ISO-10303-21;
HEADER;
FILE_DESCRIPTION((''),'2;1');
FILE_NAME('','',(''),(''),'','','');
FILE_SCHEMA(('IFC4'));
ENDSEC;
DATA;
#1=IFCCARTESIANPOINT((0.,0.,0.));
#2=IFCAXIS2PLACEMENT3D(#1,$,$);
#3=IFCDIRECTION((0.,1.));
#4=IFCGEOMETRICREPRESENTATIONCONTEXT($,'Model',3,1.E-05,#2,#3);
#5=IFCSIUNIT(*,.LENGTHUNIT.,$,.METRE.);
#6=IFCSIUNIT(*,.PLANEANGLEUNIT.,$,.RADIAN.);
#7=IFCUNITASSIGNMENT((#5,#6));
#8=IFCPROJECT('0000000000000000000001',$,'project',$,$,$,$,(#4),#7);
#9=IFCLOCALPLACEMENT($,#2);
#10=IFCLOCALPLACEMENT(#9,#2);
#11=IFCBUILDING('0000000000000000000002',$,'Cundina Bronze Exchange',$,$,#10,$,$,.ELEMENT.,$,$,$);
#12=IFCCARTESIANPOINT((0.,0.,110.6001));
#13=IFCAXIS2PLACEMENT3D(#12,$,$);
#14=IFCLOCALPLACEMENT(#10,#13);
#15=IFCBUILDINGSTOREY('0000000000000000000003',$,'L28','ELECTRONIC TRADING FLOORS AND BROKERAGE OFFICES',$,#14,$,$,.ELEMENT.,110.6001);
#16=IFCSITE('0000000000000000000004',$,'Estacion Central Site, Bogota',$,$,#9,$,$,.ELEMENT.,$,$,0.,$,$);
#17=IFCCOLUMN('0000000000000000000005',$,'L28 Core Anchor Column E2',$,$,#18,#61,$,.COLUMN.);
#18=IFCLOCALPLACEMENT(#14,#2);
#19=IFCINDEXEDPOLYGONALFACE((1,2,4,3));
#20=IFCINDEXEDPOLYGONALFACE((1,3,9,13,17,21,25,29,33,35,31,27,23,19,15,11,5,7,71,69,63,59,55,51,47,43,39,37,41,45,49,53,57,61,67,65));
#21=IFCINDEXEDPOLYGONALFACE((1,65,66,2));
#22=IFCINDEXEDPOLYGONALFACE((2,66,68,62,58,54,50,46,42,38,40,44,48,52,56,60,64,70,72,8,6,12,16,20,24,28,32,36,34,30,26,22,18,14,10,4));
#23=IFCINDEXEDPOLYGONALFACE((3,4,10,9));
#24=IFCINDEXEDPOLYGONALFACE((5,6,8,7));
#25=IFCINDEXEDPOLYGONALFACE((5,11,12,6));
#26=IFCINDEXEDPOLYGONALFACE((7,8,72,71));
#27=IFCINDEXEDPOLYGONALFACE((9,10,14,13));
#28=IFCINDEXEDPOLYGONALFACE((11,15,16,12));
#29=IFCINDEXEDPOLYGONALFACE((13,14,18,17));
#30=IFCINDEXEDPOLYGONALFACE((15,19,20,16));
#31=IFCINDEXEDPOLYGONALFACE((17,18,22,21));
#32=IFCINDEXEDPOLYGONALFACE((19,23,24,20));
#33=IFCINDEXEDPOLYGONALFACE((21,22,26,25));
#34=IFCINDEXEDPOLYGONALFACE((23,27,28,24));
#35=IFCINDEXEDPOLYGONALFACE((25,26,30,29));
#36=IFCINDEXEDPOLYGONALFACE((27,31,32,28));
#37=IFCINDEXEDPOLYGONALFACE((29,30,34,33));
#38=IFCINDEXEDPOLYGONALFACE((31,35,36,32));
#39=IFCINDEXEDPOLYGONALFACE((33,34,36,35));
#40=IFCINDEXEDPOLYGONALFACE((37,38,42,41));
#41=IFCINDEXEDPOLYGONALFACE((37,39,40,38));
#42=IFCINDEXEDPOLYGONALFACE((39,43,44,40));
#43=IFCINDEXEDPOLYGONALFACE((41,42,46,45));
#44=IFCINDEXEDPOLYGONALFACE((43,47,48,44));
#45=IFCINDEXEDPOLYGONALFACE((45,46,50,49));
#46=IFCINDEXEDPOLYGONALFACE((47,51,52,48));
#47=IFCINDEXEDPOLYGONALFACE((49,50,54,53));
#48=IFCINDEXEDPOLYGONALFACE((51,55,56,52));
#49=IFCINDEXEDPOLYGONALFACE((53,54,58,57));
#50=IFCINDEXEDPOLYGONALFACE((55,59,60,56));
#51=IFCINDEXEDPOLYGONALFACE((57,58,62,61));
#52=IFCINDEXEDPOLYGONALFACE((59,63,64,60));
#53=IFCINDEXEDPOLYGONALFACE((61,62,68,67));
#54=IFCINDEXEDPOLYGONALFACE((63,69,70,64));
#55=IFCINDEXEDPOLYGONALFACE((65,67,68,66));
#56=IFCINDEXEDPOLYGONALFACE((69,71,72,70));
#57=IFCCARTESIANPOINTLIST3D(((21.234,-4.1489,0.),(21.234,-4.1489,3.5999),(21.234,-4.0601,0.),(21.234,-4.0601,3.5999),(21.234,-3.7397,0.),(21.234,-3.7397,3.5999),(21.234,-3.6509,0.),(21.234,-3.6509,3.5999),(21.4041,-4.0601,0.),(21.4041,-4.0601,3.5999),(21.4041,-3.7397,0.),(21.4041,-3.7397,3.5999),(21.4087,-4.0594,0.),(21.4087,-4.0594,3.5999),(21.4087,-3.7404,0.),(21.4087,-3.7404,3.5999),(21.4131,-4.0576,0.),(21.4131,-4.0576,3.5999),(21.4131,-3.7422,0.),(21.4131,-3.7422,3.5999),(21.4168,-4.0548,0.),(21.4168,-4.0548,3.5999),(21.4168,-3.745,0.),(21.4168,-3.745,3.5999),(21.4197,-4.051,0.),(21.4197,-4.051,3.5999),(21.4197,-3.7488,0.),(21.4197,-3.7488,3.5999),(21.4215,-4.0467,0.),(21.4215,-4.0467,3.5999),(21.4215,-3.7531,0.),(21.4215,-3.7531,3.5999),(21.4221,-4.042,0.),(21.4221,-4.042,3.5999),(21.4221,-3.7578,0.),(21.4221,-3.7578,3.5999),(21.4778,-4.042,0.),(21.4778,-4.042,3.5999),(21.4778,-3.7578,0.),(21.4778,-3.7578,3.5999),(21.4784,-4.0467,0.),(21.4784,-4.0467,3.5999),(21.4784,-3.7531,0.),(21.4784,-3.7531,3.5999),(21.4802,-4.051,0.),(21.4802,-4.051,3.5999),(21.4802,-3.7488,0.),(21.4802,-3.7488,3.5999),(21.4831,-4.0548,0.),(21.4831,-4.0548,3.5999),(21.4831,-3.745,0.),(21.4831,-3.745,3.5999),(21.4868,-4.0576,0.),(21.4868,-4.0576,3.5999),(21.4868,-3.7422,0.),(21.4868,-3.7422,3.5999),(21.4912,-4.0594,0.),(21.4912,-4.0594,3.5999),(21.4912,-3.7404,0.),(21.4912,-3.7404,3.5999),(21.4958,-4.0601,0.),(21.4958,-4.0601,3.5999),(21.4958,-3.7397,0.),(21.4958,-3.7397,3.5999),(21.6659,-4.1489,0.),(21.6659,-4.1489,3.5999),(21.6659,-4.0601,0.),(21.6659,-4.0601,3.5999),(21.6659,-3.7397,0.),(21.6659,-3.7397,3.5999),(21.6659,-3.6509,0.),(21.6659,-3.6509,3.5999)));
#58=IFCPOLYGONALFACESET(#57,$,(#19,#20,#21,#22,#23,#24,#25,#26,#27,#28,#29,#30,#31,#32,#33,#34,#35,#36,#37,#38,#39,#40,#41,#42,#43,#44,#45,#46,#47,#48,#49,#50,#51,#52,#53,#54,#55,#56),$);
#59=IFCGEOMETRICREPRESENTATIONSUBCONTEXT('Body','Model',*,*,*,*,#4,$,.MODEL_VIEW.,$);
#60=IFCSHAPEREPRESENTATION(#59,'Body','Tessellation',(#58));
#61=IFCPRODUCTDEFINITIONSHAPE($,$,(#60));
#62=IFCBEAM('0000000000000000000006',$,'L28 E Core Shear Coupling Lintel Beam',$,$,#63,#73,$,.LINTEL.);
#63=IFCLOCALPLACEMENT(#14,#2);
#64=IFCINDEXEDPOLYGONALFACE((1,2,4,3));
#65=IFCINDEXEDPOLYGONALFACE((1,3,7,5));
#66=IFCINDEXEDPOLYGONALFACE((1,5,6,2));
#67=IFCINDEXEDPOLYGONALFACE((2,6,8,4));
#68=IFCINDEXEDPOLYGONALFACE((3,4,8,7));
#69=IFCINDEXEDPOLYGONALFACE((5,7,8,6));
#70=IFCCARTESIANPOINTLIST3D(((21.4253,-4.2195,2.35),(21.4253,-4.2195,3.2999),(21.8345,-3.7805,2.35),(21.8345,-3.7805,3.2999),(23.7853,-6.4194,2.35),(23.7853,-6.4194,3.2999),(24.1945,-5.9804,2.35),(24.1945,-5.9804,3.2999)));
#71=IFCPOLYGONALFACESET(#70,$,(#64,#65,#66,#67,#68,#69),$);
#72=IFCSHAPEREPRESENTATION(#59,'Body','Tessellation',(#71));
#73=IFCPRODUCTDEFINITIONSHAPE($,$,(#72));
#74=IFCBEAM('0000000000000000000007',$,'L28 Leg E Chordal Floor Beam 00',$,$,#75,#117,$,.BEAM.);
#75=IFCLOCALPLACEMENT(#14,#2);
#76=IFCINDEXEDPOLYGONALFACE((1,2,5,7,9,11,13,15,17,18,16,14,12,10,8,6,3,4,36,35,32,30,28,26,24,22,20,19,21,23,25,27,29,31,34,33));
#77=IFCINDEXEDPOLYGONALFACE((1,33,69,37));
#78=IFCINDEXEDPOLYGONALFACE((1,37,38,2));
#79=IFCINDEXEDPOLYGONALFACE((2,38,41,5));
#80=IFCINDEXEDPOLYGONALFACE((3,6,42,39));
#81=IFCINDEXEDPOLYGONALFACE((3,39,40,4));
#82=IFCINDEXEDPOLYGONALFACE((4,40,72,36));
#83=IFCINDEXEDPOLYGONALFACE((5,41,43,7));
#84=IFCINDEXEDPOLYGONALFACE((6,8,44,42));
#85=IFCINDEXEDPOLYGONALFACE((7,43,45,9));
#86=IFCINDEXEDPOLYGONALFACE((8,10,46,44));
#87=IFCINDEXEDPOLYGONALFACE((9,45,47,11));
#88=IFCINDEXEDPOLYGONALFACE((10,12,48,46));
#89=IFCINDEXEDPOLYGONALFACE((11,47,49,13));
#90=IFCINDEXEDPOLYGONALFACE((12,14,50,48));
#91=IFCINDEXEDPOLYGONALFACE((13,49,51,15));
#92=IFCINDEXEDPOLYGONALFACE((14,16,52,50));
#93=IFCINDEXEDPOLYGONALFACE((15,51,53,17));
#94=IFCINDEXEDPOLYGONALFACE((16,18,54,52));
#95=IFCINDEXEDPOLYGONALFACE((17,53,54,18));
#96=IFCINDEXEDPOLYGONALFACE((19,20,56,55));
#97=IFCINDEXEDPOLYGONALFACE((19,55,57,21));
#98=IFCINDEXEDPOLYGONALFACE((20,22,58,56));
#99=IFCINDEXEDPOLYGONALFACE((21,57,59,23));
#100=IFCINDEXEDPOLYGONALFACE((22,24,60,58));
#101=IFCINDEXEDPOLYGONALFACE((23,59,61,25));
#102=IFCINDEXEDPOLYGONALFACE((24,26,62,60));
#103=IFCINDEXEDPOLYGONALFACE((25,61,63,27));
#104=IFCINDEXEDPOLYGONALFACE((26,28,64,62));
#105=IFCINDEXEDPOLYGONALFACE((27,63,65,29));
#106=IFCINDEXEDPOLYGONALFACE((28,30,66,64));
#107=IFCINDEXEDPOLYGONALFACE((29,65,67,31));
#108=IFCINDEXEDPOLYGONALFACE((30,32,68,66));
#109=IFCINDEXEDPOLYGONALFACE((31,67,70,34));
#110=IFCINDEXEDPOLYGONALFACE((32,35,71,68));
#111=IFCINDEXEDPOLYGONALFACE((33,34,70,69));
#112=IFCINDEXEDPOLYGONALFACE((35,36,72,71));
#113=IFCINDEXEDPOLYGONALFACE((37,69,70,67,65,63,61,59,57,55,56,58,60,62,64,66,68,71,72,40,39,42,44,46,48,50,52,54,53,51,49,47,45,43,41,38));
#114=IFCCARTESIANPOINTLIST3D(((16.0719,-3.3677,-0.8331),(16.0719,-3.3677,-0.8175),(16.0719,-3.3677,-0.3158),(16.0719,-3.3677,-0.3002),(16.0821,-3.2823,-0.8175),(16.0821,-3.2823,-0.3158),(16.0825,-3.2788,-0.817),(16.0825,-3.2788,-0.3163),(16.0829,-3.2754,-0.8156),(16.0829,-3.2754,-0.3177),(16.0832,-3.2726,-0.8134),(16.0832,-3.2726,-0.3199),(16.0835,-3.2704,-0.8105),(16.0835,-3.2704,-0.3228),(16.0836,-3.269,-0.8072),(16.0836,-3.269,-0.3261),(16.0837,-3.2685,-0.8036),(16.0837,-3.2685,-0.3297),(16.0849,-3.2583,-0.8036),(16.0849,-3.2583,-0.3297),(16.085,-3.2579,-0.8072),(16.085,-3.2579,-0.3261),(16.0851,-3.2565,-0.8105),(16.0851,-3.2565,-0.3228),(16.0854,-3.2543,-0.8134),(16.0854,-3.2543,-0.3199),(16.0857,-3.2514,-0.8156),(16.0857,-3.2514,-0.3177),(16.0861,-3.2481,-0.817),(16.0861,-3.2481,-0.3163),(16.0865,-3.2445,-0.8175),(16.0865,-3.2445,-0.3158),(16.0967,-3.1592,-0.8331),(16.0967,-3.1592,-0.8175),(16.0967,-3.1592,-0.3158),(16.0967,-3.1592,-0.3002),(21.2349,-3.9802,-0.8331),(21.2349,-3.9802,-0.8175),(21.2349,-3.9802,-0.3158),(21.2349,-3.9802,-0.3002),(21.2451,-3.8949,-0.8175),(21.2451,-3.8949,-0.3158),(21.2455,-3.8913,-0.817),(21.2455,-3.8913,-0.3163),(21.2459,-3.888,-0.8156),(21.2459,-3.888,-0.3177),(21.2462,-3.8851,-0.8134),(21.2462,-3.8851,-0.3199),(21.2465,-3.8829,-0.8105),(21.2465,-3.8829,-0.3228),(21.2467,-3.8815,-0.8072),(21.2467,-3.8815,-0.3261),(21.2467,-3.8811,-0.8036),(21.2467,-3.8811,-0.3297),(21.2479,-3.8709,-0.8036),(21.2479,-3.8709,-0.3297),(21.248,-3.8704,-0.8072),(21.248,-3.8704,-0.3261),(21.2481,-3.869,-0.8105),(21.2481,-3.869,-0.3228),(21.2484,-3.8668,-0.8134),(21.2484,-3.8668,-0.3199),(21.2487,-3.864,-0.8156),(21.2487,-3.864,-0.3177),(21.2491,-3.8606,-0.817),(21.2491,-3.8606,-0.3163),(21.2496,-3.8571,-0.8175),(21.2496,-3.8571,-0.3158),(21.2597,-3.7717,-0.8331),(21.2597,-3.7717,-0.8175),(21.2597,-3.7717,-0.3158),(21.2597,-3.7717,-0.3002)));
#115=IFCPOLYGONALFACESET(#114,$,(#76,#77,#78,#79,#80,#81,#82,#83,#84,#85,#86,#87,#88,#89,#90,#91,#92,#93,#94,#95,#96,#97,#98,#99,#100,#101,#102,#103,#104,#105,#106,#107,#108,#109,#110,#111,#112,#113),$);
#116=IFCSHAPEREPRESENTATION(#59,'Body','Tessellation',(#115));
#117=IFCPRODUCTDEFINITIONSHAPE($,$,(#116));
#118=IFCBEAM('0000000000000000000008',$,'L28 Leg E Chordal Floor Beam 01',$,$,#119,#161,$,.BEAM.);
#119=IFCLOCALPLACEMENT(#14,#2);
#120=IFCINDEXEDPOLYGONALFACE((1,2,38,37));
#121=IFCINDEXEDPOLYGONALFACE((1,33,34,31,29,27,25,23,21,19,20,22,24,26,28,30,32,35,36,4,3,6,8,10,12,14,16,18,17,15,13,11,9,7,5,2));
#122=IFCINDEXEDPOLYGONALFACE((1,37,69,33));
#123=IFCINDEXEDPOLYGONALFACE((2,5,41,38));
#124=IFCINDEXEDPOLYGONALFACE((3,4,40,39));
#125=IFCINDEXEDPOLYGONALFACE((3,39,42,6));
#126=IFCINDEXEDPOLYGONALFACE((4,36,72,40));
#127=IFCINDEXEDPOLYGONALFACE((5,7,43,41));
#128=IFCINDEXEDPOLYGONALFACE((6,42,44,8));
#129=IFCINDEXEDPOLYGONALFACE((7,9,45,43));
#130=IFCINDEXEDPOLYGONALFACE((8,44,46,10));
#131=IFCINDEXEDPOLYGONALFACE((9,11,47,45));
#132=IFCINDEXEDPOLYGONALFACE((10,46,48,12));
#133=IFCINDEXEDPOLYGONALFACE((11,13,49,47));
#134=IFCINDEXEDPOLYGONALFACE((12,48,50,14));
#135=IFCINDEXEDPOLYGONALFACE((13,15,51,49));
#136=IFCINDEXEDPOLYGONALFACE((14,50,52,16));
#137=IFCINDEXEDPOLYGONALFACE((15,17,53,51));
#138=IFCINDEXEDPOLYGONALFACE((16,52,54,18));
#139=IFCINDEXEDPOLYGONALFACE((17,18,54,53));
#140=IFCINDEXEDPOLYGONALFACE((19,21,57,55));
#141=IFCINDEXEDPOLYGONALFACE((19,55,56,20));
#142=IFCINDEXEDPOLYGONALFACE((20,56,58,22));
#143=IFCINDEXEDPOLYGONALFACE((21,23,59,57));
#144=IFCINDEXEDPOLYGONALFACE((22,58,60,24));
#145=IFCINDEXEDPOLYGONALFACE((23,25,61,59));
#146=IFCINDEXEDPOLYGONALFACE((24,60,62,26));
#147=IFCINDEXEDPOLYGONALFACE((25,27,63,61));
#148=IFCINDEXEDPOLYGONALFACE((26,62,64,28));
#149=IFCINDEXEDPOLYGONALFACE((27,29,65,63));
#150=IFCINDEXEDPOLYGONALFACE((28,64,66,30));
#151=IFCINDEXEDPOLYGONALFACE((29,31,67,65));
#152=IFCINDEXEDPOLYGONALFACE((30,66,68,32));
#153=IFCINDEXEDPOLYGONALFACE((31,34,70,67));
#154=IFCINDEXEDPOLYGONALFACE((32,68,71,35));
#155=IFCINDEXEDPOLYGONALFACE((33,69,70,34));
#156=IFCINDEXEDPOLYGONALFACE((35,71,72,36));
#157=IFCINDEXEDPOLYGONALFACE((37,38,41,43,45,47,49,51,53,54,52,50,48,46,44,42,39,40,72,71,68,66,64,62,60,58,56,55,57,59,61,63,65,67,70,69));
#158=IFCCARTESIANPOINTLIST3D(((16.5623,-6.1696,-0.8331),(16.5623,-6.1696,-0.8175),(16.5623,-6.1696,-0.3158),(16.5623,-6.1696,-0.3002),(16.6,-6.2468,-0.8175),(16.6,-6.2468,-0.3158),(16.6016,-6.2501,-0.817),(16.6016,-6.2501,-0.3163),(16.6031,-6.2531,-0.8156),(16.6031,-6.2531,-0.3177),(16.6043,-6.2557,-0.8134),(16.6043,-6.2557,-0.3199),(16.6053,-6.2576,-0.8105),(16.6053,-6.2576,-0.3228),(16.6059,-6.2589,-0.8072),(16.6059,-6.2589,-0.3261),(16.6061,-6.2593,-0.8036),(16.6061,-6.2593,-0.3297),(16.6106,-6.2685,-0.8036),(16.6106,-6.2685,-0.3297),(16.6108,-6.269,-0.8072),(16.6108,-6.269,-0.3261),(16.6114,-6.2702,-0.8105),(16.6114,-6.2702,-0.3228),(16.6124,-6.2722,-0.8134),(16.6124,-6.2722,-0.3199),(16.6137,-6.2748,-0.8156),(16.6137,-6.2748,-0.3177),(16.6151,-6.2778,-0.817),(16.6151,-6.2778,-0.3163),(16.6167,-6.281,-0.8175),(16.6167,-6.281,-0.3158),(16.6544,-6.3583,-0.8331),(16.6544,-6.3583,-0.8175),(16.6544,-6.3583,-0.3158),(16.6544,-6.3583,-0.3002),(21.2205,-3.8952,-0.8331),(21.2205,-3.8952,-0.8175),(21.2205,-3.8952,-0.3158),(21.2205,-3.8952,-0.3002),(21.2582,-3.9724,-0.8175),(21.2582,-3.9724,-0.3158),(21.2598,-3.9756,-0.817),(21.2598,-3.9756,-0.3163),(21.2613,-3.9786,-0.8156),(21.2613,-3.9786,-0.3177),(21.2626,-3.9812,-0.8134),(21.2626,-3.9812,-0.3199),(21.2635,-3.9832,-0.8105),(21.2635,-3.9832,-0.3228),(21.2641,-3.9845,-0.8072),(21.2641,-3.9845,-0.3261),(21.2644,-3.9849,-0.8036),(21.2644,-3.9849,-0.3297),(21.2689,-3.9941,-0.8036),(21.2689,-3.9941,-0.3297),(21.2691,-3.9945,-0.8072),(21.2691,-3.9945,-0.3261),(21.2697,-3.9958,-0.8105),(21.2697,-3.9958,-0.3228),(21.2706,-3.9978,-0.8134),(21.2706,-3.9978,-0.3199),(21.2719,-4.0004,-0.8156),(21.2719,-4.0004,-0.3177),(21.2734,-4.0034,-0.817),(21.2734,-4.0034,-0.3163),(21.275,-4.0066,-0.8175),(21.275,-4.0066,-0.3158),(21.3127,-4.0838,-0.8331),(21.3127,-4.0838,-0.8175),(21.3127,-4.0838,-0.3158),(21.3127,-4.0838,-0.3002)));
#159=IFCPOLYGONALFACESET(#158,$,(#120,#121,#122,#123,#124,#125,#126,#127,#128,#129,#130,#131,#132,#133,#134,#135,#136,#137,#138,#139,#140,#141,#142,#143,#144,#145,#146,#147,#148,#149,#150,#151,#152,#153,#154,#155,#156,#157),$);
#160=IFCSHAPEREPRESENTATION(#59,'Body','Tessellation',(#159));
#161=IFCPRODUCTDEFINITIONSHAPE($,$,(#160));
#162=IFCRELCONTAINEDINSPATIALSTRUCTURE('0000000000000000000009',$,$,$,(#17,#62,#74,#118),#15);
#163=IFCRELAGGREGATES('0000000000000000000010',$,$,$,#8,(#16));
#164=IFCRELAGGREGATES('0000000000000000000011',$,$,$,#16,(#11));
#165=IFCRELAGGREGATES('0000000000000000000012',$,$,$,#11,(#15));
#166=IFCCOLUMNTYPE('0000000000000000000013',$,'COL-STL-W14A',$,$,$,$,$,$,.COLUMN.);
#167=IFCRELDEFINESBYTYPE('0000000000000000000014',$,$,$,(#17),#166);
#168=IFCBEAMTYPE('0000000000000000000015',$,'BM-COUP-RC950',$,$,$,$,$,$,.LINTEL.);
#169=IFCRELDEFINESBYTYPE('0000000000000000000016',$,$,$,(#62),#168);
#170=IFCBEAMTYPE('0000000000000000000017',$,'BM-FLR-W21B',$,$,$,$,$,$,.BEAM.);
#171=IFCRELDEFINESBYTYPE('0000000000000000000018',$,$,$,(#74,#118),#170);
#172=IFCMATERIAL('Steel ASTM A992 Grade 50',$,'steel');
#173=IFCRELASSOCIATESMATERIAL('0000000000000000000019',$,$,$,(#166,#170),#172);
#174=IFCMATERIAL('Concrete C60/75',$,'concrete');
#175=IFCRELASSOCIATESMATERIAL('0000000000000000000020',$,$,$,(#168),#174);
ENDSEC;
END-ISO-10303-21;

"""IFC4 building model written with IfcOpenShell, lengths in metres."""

from ifc_helpers import new_model, si_unit, direction, frame, origin, origin_2d, place, context, subcontext, project, spatial, rectangle, i_section, extrude, material, material_profile, profile_set, type_object, element, save


model = new_model("IFC4")

# Units and contexts
model_context = context("Model", 3, precision=1e-05, world=origin(), true_north=direction((0.0, 1.0)))
body_context = subcontext(model_context, "Body", "Model", "MODEL_VIEW")
ifc_project = project(units=[si_unit("LENGTHUNIT", "METRE"), si_unit("PLANEANGLEUNIT", "RADIAN")], contexts=[model_context])

# Site, building, storey
site_placement = place(None, origin())
site = spatial("IfcSite", under=ifc_project, at=site_placement, Name="Estacion Central Site, Bogota", CompositionType="ELEMENT", RefElevation=0.0)
building_placement = place(site_placement, origin())
building = spatial("IfcBuilding", under=site, at=building_placement, Name="Cundina Bronze Exchange", CompositionType="ELEMENT")
storey_placement = place(building_placement, frame((0.0, 0.0, 110.6001)))
storey = spatial("IfcBuildingStorey", under=building, at=storey_placement, Name="L28", Description="ELECTRONIC TRADING FLOORS AND BROKERAGE OFFICES", CompositionType="ELEMENT", Elevation=110.6001)

# Column
ifc_material_1 = material(Name="Steel ASTM A992 Grade 50", Category="steel")
ifc_material_profile_1 = material_profile(ifc_material_1, i_section(OverallWidth=0.4319, OverallDepth=0.498, WebThickness=0.0557, FlangeThickness=0.0889, FilletRadius=0.0181, at=origin_2d()), Name="W14X500", Category="steel")
ifc_profile_set_1 = profile_set([ifc_material_profile_1], Name="Steel ASTM A992 Grade 50")
column_type = type_object("IfcColumnType", Name="COL-STL-W14A", PredefinedType="COLUMN", material=ifc_profile_set_1)
column_placement = place(storey_placement, frame((21.45, -3.8999, 0.0), z_axis=(0.0, 0.0, 1.0), x_axis=(1.0, 0.0, 0.0)))
element("IfcColumn", 1, at=column_placement, inside=storey, type_object=column_type, Name="L28 Core Anchor Column E2", PredefinedType="COLUMN", context=body_context, shape_type="SweptSolid", body=[
    extrude(i_section(OverallWidth=0.4319, OverallDepth=0.498, WebThickness=0.0557, FlangeThickness=0.0889, FilletRadius=0.0181, at=origin_2d()), origin(), (0.0, 0.0, 1.0), 3.5999),
])

# Beams
ifc_material_2 = material(Name="Concrete C60/75", Category="concrete")
ifc_material_profile_2 = material_profile(ifc_material_2, rectangle(XDim=0.6001, YDim=0.95, at=origin_2d()), Name="RC600X950", Category="concrete")
ifc_profile_set_2 = profile_set([ifc_material_profile_2], Name="Concrete C60/75")
beam_type_1 = type_object("IfcBeamType", Name="BM-COUP-RC950", PredefinedType="LINTEL", material=ifc_profile_set_2)
beam_1_placement = place(storey_placement, frame((21.6299, -4.0, 2.825), z_axis=(0.73149, -0.681852, 0.0), x_axis=(0.681852, 0.73149, 0.0)))
element("IfcBeam", 2, at=beam_1_placement, inside=storey, type_object=beam_type_1, Name="L28 E Core Shear Coupling Lintel Beam", PredefinedType="LINTEL", context=body_context, shape_type="SweptSolid", body=[
    extrude(rectangle(XDim=0.6001, YDim=0.95, at=origin_2d()), origin(), (0.0, 0.0, 1.0), 3.2263),
])
ifc_material_profile_3 = material_profile(ifc_material_1, i_section(OverallWidth=0.21, OverallDepth=0.533, WebThickness=0.0103, FlangeThickness=0.0156, FilletRadius=0.0139, at=origin_2d()), Name="W21X62", Category="steel")
ifc_profile_set_3 = profile_set([ifc_material_profile_3], Name="Steel ASTM A992 Grade 50")
beam_type_2 = type_object("IfcBeamType", Name="BM-FLR-W21B", PredefinedType="BEAM", material=ifc_profile_set_3)
beam_2_placement = place(storey_placement, frame((21.2473, -3.876, -0.5667), z_axis=(-0.993036, 0.117814, 0.0), x_axis=(-0.117814, -0.993036, 0.0)))
element("IfcBeam", 3, at=beam_2_placement, inside=storey, type_object=beam_type_2, Name="L28 Leg E Chordal Floor Beam 00", PredefinedType="BEAM", context=body_context, shape_type="SweptSolid", body=[
    extrude(i_section(OverallWidth=0.21, OverallDepth=0.533, WebThickness=0.0103, FlangeThickness=0.0156, FilletRadius=0.0139, at=origin_2d()), origin(), (0.0, 0.0, 1.0), 5.1992),
])
beam_3_placement = place(storey_placement, frame((21.2666, -3.9895, -0.5667), z_axis=(-0.898607, -0.438754, 0.0), x_axis=(0.438754, -0.898607, 0.0)))
element("IfcBeam", 4, at=beam_3_placement, inside=storey, type_object=beam_type_2, Name="L28 Leg E Chordal Floor Beam 01", PredefinedType="BEAM", context=body_context, shape_type="SweptSolid", body=[
    extrude(i_section(OverallWidth=0.21, OverallDepth=0.533, WebThickness=0.0103, FlangeThickness=0.0156, FilletRadius=0.0139, at=origin_2d()), origin(), (0.0, 0.0, 1.0), 5.1838),
])

save(model, "model.ifc")
